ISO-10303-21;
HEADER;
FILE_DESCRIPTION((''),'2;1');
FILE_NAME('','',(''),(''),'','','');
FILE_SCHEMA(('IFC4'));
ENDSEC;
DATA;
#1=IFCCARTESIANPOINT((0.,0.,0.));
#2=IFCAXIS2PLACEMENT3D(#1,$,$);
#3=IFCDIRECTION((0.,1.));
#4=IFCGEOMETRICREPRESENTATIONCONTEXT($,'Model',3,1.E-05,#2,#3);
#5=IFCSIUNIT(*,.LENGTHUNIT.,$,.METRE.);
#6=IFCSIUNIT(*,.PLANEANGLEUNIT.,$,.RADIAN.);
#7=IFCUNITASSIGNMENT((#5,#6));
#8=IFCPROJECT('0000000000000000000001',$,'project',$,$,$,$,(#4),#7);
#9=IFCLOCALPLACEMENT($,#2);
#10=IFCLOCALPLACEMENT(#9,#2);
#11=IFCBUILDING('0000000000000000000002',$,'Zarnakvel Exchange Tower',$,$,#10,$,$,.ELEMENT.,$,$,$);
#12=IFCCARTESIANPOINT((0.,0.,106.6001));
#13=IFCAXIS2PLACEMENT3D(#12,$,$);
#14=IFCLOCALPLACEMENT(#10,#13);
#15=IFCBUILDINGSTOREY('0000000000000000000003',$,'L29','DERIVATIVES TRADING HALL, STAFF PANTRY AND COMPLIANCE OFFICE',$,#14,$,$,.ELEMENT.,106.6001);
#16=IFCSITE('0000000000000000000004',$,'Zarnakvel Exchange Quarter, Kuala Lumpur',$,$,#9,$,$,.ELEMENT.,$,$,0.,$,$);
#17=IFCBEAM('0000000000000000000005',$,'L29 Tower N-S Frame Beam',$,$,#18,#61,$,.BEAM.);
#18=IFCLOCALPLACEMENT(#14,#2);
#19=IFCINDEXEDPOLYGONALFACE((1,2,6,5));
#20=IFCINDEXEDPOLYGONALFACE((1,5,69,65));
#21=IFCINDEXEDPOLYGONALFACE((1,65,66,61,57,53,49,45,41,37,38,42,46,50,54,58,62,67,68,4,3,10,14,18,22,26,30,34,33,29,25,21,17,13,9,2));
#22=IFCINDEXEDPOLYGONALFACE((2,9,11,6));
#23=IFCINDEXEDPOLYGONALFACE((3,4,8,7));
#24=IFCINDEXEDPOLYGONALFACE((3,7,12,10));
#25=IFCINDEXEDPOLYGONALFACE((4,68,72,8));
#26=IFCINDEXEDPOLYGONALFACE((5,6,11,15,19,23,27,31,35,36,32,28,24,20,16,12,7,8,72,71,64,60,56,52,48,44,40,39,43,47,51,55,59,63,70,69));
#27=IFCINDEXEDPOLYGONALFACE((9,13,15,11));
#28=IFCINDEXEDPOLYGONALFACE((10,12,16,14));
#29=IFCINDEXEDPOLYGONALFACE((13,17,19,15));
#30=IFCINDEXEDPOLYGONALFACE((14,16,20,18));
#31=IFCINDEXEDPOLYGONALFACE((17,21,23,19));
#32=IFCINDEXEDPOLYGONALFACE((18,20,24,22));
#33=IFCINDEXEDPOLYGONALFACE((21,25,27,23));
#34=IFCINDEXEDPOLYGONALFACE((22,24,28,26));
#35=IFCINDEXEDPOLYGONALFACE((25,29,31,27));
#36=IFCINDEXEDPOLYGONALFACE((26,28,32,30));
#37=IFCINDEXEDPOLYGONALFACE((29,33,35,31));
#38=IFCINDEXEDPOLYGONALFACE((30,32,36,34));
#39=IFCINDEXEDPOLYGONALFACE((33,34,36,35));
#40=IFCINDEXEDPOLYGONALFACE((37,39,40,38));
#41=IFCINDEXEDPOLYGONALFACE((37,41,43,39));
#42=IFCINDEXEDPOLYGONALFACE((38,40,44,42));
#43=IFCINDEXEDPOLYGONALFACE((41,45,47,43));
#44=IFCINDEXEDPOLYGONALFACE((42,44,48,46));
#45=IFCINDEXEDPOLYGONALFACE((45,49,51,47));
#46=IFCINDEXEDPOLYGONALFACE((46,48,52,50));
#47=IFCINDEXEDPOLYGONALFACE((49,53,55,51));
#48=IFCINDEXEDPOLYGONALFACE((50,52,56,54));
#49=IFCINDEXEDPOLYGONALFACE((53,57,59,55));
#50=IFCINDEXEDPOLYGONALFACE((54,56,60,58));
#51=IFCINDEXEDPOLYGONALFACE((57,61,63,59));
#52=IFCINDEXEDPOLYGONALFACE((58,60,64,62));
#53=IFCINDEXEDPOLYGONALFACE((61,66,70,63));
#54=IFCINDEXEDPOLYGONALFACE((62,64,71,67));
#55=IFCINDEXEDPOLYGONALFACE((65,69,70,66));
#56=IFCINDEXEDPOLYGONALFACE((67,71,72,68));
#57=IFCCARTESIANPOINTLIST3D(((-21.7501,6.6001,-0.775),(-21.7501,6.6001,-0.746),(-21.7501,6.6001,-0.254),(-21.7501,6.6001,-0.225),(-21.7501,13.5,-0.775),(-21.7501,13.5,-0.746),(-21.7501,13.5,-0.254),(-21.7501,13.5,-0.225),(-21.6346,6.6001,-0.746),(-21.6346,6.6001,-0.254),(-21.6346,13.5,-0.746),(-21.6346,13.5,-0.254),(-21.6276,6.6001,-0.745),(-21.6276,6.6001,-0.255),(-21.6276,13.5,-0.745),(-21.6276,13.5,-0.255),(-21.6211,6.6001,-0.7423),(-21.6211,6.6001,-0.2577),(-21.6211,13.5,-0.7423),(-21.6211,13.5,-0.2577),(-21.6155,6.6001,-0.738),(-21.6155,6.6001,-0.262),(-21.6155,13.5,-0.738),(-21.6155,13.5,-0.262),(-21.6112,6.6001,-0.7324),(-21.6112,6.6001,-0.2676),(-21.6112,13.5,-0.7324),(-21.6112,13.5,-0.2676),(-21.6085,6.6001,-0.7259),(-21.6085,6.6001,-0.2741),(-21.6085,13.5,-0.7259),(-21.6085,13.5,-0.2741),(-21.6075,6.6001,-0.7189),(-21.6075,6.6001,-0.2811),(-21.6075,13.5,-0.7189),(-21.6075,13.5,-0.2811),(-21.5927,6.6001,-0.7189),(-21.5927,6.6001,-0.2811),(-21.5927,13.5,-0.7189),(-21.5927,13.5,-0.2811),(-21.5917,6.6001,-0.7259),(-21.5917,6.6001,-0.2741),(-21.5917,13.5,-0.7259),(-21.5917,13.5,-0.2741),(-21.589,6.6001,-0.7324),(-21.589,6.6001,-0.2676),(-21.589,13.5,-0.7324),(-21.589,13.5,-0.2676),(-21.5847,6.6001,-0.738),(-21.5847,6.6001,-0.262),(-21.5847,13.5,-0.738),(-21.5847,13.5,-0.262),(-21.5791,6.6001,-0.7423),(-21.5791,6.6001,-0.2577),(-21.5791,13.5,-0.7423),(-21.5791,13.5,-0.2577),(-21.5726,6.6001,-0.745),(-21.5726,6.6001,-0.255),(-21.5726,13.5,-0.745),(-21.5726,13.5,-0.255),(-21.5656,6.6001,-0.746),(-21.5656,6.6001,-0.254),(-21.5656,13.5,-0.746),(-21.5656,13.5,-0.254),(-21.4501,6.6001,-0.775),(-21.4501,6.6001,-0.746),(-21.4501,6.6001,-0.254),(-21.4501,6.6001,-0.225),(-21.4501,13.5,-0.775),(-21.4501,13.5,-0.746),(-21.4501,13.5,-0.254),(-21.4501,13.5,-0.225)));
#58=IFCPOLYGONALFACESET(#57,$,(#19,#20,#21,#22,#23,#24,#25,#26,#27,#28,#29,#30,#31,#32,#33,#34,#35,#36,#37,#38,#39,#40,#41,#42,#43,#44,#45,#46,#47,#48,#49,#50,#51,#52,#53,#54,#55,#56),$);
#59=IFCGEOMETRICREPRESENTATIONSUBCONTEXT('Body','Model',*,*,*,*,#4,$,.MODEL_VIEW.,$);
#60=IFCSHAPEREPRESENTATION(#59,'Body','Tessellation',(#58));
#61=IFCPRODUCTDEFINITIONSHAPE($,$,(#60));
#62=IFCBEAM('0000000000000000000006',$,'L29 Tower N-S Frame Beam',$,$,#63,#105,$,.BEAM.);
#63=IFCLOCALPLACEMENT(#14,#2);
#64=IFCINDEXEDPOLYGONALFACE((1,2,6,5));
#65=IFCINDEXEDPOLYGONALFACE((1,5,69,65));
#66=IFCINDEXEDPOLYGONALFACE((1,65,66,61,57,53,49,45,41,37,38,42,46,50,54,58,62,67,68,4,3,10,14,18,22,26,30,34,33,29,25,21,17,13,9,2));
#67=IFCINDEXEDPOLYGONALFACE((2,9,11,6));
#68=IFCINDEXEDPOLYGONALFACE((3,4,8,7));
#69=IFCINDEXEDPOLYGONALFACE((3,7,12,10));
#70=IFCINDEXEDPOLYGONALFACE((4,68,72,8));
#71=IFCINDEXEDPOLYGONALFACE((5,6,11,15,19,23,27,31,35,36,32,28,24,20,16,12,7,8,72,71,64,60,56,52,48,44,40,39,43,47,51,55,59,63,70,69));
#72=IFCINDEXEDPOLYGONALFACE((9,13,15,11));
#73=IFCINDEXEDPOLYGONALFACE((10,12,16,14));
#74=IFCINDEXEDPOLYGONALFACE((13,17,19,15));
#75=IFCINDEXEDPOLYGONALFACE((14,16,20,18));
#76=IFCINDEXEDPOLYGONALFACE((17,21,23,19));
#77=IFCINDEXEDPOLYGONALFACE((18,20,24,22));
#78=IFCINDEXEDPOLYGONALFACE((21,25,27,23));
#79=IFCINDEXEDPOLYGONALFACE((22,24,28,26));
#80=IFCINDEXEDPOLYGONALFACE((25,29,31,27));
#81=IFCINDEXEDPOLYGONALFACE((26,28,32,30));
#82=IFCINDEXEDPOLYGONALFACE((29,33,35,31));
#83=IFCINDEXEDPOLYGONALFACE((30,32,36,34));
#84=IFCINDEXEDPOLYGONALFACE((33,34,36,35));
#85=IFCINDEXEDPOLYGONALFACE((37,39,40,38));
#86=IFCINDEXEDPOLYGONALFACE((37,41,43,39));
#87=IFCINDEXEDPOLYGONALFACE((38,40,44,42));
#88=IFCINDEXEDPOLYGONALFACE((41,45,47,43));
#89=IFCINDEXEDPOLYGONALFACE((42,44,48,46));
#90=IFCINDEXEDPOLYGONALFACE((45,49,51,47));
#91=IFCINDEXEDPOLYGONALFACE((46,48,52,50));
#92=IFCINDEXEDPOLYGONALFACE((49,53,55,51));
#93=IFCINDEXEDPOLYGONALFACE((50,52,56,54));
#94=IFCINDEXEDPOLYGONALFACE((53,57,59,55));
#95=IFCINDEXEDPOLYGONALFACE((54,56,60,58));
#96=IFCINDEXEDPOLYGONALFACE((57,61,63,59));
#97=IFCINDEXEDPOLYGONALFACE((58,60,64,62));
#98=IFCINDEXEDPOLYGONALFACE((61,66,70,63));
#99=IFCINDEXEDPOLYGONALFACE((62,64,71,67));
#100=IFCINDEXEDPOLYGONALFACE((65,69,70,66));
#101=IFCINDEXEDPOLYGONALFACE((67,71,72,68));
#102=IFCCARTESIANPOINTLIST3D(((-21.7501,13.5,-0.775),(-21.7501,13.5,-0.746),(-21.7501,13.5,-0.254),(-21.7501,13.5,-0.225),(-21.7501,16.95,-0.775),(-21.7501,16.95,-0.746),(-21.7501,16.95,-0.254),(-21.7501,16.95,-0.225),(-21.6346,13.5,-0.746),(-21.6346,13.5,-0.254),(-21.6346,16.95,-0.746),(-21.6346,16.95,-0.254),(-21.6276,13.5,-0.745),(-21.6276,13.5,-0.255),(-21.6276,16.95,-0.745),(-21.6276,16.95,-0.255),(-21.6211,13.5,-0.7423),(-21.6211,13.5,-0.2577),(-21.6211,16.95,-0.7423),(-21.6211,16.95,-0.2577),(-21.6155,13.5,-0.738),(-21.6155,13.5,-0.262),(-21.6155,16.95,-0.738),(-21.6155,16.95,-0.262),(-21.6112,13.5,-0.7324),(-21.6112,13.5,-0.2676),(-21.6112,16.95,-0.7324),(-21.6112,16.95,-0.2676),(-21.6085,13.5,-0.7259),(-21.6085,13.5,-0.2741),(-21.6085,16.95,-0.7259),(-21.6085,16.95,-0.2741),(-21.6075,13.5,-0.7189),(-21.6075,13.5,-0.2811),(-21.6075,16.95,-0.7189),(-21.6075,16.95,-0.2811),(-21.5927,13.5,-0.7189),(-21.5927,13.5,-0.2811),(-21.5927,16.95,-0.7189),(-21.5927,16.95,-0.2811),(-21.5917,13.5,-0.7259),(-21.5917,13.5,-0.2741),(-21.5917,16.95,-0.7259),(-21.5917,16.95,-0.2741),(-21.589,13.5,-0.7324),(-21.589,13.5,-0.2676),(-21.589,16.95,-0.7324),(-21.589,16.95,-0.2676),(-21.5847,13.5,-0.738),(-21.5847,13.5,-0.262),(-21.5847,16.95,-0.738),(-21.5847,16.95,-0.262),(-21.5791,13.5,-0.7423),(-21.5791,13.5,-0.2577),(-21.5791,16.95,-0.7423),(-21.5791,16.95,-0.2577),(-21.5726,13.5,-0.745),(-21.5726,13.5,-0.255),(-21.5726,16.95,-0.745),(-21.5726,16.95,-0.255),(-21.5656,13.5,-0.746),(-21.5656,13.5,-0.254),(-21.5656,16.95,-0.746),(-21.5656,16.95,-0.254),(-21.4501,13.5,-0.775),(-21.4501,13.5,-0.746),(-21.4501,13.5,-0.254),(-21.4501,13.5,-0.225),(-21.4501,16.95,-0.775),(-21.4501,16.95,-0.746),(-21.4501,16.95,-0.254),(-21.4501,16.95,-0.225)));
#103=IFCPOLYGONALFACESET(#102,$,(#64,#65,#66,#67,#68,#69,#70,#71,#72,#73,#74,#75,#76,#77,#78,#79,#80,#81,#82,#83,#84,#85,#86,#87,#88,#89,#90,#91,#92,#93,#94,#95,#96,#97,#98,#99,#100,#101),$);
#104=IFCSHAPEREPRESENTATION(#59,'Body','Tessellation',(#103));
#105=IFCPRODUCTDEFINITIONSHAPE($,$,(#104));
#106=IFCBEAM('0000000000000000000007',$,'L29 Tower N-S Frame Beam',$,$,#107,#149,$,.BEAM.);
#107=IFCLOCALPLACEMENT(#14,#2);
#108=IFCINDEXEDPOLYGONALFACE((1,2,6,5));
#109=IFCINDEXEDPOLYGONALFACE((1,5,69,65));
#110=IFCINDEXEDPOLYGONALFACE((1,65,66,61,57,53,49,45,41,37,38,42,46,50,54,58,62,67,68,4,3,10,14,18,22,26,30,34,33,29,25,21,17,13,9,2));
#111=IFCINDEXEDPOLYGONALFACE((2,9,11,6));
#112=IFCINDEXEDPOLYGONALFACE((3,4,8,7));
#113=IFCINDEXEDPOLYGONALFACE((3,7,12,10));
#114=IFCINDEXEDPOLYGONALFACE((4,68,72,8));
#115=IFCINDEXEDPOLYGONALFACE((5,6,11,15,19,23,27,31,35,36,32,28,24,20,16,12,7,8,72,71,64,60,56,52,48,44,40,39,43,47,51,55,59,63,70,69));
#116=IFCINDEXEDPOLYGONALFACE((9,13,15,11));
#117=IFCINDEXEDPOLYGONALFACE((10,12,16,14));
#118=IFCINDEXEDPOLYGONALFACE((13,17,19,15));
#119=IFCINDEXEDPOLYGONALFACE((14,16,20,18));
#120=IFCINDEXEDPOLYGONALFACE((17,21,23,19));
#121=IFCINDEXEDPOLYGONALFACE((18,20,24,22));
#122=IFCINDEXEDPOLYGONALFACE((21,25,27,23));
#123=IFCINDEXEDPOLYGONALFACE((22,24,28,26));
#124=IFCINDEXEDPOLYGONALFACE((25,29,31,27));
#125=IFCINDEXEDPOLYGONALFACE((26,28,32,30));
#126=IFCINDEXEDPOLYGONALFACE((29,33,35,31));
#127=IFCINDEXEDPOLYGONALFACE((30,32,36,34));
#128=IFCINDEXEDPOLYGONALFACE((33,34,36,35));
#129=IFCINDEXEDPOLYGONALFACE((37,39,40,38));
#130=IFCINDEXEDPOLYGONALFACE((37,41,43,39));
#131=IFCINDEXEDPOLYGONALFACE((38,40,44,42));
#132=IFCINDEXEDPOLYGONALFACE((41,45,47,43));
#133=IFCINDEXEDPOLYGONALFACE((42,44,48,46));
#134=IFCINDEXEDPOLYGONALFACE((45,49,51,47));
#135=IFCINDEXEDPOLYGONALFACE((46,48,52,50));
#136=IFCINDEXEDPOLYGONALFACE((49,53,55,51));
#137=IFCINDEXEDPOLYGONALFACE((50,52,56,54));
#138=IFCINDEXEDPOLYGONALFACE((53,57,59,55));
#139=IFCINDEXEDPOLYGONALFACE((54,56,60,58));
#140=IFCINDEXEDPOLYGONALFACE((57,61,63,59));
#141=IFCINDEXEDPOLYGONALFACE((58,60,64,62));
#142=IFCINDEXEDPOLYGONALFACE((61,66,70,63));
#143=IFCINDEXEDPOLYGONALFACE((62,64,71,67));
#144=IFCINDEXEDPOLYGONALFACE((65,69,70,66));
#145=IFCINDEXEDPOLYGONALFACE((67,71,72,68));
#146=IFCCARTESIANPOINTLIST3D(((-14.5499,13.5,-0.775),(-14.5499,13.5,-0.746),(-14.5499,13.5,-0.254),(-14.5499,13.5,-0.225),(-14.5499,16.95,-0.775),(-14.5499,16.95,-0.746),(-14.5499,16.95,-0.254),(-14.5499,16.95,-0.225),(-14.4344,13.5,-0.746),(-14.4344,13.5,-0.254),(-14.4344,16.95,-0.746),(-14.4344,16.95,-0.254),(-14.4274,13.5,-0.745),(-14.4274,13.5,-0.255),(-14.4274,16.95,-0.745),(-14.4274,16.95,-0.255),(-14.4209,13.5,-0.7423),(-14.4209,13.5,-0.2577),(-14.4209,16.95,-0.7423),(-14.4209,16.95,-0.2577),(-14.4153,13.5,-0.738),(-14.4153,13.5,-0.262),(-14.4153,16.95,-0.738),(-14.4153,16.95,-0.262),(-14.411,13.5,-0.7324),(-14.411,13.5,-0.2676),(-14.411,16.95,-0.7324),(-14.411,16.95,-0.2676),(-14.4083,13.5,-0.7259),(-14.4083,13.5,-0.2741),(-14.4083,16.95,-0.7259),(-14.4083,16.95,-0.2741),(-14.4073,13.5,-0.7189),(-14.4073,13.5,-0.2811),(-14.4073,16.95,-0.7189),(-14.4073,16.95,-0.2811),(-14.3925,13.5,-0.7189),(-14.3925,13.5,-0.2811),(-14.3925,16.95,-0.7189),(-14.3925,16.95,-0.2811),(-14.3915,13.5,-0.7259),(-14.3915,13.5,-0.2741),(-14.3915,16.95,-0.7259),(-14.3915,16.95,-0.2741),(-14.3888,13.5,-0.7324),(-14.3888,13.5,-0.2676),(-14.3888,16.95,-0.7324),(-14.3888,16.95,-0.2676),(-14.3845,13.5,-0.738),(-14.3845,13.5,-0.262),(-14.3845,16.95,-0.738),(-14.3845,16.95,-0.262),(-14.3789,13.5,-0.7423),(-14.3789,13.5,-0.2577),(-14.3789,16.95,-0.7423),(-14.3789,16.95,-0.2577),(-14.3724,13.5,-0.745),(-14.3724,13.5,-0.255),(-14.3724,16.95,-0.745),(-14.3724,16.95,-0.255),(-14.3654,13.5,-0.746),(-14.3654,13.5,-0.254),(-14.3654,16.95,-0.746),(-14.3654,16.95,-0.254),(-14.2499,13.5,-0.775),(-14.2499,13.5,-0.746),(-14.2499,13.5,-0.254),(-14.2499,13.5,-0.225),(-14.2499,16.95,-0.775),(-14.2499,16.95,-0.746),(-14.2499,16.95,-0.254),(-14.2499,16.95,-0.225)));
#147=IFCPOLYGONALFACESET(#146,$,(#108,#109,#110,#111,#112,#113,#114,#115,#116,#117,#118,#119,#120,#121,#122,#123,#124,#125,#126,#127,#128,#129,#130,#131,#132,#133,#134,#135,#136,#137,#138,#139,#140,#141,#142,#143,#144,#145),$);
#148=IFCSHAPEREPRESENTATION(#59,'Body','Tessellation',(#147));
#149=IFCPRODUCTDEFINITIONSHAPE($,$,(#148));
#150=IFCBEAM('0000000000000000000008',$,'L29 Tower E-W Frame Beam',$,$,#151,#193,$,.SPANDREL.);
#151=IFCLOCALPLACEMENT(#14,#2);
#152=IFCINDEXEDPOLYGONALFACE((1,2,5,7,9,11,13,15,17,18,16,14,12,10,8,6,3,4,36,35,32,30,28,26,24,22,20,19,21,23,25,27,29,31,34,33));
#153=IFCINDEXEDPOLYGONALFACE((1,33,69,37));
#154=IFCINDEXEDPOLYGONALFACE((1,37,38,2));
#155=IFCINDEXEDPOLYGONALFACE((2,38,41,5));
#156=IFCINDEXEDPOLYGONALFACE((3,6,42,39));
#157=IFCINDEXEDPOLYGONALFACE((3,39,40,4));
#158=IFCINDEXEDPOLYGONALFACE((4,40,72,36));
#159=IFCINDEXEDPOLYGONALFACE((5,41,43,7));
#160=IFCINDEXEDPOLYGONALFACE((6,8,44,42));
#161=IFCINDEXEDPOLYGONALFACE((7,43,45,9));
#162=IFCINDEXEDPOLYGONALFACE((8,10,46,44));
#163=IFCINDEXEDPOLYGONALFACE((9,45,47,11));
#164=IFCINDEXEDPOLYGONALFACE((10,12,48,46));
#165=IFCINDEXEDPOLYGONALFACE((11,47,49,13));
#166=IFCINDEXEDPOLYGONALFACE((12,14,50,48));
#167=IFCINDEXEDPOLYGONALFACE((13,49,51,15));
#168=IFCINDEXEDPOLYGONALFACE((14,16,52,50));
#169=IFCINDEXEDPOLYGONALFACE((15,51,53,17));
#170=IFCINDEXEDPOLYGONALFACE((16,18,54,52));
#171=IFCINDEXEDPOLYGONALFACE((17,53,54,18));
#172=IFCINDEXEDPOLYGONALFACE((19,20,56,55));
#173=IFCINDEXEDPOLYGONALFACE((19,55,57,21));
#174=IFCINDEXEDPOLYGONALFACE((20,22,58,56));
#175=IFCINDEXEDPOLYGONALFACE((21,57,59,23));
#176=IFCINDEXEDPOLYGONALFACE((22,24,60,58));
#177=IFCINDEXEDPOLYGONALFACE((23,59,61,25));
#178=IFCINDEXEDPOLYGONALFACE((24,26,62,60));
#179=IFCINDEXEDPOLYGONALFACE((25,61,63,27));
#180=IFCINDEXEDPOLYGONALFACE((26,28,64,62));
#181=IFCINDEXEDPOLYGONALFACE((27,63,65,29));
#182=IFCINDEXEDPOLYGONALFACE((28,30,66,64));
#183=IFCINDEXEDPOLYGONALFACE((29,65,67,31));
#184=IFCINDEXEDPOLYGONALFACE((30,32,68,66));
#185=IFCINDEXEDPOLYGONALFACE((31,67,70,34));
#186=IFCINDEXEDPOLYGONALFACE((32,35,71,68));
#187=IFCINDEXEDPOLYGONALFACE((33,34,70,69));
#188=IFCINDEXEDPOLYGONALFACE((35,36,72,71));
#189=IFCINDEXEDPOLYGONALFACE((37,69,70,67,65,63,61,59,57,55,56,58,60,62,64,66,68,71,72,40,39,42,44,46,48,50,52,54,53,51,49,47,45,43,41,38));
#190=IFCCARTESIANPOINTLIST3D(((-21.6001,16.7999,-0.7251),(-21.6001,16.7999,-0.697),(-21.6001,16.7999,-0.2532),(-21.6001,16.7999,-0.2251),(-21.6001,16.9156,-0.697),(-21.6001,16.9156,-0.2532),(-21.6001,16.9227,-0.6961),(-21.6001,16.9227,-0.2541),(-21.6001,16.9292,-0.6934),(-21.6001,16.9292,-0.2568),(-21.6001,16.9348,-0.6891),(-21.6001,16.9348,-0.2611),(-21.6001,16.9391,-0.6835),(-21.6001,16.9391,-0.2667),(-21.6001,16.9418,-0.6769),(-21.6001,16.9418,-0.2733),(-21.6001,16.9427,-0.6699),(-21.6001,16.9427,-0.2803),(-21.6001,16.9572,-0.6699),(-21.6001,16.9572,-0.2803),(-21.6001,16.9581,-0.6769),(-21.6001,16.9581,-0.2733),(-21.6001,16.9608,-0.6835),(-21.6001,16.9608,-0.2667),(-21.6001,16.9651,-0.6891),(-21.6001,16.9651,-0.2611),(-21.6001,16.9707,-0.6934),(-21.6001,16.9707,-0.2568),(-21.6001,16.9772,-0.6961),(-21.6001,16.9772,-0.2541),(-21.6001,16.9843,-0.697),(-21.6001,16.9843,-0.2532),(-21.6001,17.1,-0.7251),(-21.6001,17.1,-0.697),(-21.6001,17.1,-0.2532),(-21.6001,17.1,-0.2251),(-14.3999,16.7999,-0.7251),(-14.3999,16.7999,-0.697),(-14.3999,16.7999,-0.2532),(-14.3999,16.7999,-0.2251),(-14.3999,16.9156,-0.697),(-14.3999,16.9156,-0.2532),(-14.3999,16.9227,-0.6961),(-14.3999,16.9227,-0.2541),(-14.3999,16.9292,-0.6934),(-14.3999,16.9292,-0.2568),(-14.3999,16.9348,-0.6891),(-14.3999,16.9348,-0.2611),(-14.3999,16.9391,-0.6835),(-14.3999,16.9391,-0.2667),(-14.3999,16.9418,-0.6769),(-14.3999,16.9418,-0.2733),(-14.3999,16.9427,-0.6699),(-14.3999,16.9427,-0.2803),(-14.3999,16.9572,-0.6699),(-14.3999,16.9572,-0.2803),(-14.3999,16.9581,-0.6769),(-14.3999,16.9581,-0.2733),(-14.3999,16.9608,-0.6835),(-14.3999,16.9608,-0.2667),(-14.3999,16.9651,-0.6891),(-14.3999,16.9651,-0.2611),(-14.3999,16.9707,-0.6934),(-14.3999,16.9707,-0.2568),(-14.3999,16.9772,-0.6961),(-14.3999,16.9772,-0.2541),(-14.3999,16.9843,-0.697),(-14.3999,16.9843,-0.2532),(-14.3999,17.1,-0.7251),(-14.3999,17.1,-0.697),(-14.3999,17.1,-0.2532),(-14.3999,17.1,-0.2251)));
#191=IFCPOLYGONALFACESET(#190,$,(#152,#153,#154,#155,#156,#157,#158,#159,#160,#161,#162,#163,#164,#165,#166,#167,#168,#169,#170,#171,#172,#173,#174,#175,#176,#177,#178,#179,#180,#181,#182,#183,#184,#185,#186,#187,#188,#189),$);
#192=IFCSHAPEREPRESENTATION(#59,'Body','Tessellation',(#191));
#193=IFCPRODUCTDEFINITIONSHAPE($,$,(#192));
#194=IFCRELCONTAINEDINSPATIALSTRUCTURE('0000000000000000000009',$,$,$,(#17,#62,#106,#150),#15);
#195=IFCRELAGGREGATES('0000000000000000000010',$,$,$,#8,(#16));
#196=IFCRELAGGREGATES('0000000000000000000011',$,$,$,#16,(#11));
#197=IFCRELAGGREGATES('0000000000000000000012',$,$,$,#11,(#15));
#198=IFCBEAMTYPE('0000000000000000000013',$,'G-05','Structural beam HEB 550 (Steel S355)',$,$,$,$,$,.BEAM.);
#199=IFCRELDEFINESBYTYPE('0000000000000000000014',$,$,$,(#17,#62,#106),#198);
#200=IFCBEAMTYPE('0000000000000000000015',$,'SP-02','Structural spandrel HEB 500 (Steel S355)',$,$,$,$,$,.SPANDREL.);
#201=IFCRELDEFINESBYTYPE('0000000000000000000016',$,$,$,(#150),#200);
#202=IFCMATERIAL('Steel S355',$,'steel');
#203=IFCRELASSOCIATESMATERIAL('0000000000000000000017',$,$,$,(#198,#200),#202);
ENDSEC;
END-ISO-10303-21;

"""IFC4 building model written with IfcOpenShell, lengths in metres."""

from ifc_helpers import new_model, si_unit, direction, frame, origin, origin_2d, place, context, subcontext, project, spatial, i_section, extrude, material, material_profile, profile_set, type_object, element, save


model = new_model("IFC4")

# Units and contexts
model_context = context("Model", 3, precision=1e-05, world=origin(), true_north=direction((0.0, 1.0)))
body_context = subcontext(model_context, "Body", "Model", "MODEL_VIEW")
ifc_project = project(units=[si_unit("LENGTHUNIT", "METRE"), si_unit("PLANEANGLEUNIT", "RADIAN")], contexts=[model_context])

# Site, building, storey
site_placement = place(None, origin())
site = spatial("IfcSite", under=ifc_project, at=site_placement, Name="Zarnakvel Exchange Quarter, Kuala Lumpur", CompositionType="ELEMENT", RefElevation=0.0)
building_placement = place(site_placement, origin())
building = spatial("IfcBuilding", under=site, at=building_placement, Name="Zarnakvel Exchange Tower", CompositionType="ELEMENT")
storey_placement = place(building_placement, frame((0.0, 0.0, 106.6001)))
storey = spatial("IfcBuildingStorey", under=building, at=storey_placement, Name="L29", Description="DERIVATIVES TRADING HALL, STAFF PANTRY AND COMPLIANCE OFFICE", CompositionType="ELEMENT", Elevation=106.6001)

# Beams
ifc_material_1 = material(Name="Steel S355", Category="steel")
ifc_material_profile_1 = material_profile(ifc_material_1, i_section(OverallWidth=0.3, OverallDepth=0.55, WebThickness=0.0149, FlangeThickness=0.0291, FilletRadius=0.0271, at=origin_2d()))
ifc_profile_set_1 = profile_set([ifc_material_profile_1], Name="Steel S355")
beam_type_1 = type_object("IfcBeamType", Name="G-05", Description="Structural beam HEB 550 (Steel S355)", PredefinedType="BEAM", material=ifc_profile_set_1)
beam_1_placement = place(storey_placement, frame((-21.6001, 6.6001, -0.5), z_axis=(0.0, 1.0, 0.0), x_axis=(-1.0, 0.0, 0.0)))
element("IfcBeam", 1, at=beam_1_placement, inside=storey, type_object=beam_type_1, Name="L29 Tower N-S Frame Beam", PredefinedType="BEAM", context=body_context, shape_type="SweptSolid", body=[
    extrude(i_section(OverallWidth=0.3, OverallDepth=0.55, WebThickness=0.0149, FlangeThickness=0.0291, FilletRadius=0.0271, at=origin_2d()), origin(), (0.0, 0.0, 1.0), 6.8999),
])
for number, where, z_axis, x_axis, name in (
    (2, (-21.6001, 13.5, -0.5), (0.0, 1.0, 0.0), (-1.0, 0.0, 0.0), "L29 Tower N-S Frame Beam"),
    (3, (-14.3999, 13.5, -0.5), (0.0, 1.0, 0.0), (-1.0, 0.0, 0.0), "L29 Tower N-S Frame Beam"),
):
    element("IfcBeam", number, at=place(storey_placement, frame(where, z_axis=z_axis, x_axis=x_axis)), inside=storey, type_object=beam_type_1, Name=name, PredefinedType="BEAM", context=body_context, shape_type="SweptSolid", body=[
        extrude(i_section(OverallWidth=0.3, OverallDepth=0.55, WebThickness=0.0149, FlangeThickness=0.0291, FilletRadius=0.0271, at=origin_2d()), origin(), (0.0, 0.0, 1.0), 3.45),
    ])
ifc_material_profile_2 = material_profile(ifc_material_1, i_section(OverallWidth=0.3, OverallDepth=0.5, WebThickness=0.0144, FlangeThickness=0.0281, FilletRadius=0.0271, at=origin_2d()))
ifc_profile_set_2 = profile_set([ifc_material_profile_2], Name="Steel S355")
beam_type_2 = type_object("IfcBeamType", Name="SP-02", Description="Structural spandrel HEB 500 (Steel S355)", PredefinedType="SPANDREL", material=ifc_profile_set_2)
beam_2_placement = place(storey_placement, frame((-21.6001, 16.95, -0.4751), z_axis=(1.0, 0.0, 0.0), x_axis=(0.0, 1.0, 0.0)))
element("IfcBeam", 4, at=beam_2_placement, inside=storey, type_object=beam_type_2, Name="L29 Tower E-W Frame Beam", PredefinedType="SPANDREL", context=body_context, shape_type="SweptSolid", body=[
    extrude(i_section(OverallWidth=0.3, OverallDepth=0.5, WebThickness=0.0144, FlangeThickness=0.0281, FilletRadius=0.0271, at=origin_2d()), origin(), (0.0, 0.0, 1.0), 7.2002),
])

save(model, "model.ifc")
